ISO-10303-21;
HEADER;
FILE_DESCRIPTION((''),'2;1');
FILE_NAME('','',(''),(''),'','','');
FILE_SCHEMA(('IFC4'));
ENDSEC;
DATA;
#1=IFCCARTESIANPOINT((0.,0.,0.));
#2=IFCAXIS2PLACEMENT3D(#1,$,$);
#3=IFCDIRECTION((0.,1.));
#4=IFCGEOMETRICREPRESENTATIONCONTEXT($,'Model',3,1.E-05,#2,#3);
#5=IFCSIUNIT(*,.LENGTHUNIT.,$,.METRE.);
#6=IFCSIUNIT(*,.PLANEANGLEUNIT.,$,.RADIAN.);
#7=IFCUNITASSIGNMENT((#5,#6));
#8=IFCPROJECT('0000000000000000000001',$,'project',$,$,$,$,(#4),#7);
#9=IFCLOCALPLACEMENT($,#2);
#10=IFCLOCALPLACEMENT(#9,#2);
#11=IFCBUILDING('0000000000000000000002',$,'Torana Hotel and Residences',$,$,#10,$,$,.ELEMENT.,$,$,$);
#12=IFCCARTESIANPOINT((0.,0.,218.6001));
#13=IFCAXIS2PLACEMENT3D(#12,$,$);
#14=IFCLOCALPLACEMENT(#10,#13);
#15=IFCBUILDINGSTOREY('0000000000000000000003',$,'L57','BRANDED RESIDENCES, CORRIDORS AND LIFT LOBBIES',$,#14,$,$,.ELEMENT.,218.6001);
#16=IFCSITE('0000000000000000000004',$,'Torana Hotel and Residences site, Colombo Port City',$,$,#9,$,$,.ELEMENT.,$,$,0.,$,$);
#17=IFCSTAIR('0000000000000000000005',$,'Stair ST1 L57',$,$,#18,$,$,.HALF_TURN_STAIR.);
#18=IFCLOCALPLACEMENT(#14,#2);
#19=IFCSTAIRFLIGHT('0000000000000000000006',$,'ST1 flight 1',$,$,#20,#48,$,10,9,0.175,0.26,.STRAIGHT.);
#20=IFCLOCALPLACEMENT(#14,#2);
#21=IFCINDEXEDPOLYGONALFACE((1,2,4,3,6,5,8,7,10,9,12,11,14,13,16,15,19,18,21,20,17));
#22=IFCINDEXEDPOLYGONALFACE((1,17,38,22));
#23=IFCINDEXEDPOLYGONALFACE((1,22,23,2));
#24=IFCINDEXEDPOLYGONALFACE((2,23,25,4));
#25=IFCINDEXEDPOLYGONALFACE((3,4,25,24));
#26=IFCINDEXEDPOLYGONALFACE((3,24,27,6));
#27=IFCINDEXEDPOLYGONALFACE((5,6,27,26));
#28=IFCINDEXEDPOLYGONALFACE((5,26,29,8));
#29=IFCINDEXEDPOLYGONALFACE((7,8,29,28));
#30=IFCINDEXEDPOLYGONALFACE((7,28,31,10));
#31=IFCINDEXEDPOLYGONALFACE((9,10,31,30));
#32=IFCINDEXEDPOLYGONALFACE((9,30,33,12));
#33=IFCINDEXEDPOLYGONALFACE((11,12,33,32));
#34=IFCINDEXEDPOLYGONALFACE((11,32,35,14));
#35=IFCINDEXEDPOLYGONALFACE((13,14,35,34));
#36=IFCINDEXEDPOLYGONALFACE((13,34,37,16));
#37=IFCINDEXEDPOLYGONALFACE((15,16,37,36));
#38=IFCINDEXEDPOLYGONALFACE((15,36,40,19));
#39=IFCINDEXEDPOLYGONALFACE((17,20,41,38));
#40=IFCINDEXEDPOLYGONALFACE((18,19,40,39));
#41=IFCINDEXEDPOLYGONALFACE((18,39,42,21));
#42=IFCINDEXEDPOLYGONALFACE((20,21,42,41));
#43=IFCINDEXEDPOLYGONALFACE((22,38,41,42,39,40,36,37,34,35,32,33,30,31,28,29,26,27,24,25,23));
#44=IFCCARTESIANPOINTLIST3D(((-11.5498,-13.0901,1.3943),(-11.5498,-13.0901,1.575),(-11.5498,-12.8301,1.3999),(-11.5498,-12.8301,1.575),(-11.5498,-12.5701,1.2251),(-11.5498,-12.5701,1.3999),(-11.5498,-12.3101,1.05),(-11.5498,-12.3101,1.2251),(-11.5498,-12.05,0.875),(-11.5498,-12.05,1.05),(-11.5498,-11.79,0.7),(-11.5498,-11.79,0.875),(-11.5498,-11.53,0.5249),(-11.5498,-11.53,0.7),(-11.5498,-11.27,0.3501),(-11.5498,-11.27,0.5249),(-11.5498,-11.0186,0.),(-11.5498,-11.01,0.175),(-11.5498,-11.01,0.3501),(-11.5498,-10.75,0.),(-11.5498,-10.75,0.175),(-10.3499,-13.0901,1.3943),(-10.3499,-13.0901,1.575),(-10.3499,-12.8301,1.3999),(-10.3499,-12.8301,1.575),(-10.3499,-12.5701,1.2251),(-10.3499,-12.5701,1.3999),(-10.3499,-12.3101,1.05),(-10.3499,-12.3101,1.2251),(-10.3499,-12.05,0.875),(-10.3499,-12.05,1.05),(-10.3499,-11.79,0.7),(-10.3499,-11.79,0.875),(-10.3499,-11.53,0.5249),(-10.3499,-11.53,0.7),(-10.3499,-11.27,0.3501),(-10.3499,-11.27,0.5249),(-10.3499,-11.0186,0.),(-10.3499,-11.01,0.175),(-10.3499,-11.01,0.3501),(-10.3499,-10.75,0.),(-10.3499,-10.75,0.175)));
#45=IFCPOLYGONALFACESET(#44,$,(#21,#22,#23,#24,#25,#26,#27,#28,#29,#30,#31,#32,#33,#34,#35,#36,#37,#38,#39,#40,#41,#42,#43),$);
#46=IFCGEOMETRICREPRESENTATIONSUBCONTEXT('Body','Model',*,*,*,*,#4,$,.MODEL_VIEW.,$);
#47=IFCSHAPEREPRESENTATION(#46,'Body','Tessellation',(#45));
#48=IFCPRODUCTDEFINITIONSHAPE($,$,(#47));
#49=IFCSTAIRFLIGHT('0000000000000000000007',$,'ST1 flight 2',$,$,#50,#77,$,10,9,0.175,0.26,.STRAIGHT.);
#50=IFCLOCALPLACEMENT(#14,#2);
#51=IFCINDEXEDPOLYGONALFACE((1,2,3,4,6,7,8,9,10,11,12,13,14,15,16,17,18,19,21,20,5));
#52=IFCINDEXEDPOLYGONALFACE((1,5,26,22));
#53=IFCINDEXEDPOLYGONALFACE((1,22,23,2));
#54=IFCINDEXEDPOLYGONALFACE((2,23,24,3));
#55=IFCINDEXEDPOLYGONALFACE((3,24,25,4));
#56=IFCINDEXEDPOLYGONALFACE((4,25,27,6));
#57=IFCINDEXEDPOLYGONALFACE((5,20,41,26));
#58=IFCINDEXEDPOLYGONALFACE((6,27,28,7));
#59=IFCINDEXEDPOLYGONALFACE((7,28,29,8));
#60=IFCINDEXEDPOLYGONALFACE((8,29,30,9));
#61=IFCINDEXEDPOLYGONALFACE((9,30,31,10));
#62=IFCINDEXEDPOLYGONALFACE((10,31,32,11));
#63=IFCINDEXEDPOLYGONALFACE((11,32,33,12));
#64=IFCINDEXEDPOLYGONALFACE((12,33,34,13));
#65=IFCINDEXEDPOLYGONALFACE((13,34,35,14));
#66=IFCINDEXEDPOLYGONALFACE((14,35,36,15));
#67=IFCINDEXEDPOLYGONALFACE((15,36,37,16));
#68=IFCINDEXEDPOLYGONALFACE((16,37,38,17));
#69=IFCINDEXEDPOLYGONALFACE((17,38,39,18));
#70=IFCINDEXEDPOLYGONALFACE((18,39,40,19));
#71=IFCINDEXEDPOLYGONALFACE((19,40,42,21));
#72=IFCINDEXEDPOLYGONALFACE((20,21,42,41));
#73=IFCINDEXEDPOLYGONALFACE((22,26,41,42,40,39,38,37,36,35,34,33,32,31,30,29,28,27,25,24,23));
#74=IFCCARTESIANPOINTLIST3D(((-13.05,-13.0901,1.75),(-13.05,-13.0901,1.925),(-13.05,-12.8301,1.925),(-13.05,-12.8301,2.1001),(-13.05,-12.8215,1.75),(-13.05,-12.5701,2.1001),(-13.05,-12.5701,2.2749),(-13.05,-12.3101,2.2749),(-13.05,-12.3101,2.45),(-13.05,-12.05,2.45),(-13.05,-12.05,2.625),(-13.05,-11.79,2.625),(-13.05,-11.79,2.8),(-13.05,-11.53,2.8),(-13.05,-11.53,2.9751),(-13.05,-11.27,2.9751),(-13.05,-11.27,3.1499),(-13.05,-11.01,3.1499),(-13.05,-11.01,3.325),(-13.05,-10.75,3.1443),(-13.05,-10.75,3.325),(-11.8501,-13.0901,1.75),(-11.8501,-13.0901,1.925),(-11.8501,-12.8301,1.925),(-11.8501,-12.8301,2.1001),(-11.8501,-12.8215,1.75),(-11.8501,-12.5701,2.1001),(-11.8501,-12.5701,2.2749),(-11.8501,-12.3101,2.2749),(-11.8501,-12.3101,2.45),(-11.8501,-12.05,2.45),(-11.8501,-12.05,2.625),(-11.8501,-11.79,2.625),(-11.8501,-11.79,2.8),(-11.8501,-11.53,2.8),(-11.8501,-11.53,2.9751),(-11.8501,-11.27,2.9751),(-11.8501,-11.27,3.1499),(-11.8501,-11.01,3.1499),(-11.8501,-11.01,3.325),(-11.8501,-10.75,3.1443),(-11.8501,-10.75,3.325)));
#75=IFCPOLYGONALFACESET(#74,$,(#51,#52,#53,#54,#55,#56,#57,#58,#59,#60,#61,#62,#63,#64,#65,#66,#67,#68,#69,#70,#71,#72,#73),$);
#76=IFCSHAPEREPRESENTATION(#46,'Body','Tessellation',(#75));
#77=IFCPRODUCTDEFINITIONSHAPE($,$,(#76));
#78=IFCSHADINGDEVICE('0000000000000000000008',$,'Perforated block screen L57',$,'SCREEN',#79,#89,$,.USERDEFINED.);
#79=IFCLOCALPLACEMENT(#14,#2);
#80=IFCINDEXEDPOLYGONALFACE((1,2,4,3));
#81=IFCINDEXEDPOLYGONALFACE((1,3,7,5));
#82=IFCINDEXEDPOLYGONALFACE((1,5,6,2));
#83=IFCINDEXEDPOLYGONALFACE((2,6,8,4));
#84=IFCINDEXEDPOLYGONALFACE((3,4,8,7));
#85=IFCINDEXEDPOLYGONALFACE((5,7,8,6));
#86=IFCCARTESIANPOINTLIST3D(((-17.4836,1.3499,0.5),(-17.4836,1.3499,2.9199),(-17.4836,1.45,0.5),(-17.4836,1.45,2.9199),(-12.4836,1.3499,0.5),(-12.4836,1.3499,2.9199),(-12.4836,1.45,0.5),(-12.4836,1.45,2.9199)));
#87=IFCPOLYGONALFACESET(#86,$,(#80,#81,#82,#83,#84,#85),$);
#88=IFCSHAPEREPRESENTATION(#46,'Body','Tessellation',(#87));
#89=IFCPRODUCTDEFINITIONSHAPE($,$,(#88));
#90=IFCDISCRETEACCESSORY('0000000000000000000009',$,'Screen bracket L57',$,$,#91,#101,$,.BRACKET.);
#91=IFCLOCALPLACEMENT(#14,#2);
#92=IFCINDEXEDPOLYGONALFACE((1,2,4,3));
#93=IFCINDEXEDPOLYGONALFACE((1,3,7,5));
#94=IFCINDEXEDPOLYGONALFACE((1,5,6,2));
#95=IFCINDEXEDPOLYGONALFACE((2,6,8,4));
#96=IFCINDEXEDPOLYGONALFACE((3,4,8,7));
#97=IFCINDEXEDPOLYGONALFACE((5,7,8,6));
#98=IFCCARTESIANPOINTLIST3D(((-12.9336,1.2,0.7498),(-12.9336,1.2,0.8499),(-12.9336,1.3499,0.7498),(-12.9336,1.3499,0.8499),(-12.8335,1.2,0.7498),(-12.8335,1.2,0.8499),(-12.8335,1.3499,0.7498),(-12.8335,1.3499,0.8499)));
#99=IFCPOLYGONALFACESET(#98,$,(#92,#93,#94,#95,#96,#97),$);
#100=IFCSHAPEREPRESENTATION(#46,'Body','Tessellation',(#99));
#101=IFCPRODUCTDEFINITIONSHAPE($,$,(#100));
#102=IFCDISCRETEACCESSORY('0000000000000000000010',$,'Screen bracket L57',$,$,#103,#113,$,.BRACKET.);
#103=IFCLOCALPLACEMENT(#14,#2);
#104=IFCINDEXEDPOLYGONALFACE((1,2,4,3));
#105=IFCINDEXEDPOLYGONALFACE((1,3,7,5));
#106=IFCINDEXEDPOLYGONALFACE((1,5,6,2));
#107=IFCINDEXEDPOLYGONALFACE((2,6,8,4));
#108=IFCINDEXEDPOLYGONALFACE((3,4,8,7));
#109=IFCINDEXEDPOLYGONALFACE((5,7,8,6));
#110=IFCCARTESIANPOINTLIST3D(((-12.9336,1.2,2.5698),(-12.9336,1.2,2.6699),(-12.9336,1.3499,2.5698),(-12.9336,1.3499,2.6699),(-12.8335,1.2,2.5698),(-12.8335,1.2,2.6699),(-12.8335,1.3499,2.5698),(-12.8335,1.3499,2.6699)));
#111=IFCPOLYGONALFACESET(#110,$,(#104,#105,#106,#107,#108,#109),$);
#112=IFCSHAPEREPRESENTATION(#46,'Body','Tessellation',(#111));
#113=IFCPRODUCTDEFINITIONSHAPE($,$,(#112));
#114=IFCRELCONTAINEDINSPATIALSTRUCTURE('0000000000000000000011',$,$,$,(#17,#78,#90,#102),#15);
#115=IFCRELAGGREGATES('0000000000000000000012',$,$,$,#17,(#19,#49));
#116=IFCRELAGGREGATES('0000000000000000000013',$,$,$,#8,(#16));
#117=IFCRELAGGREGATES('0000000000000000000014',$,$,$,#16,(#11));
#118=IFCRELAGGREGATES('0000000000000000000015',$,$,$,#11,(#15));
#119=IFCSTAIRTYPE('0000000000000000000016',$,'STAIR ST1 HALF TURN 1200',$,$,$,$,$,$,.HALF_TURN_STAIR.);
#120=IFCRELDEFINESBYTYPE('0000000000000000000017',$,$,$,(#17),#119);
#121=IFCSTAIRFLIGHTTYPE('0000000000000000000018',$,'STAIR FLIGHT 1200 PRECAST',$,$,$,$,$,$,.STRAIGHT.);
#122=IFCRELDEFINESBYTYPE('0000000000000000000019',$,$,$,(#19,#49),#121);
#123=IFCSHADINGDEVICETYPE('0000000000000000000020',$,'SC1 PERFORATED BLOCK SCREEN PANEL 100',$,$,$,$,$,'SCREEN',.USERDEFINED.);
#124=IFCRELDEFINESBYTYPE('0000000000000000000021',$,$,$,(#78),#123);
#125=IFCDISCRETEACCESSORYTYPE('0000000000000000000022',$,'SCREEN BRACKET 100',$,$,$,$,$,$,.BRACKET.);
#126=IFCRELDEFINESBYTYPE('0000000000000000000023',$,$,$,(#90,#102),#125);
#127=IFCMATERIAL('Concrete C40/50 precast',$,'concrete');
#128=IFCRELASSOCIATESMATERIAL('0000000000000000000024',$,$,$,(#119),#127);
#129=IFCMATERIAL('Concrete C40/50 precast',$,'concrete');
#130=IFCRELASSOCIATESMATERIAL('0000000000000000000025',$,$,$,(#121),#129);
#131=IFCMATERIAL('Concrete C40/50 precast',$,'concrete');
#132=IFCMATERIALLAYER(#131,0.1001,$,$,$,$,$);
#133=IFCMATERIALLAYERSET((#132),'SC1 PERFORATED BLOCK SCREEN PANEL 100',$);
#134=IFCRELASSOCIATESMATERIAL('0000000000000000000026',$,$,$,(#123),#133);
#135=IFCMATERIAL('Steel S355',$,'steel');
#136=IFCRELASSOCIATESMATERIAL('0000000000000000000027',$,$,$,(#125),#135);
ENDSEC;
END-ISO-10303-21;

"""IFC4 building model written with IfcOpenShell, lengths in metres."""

from ifc_helpers import new_model, si_unit, direction, frame, origin, origin_2d, place, context, subcontext, project, spatial, polyline, rectangle, outline, extrude, material, layer, layer_set, type_object, element, aggregate, save


model = new_model("IFC4")

# Units and contexts
model_context = context("Model", 3, precision=1e-05, world=origin(), true_north=direction((0.0, 1.0)))
body_context = subcontext(model_context, "Body", "Model", "MODEL_VIEW")
ifc_project = project(units=[si_unit("LENGTHUNIT", "METRE"), si_unit("PLANEANGLEUNIT", "RADIAN")], contexts=[model_context])

# Site, building, storey
site_placement = place(None, origin())
site = spatial("IfcSite", under=ifc_project, at=site_placement, Name="Torana Hotel and Residences site, Colombo Port City", CompositionType="ELEMENT", RefElevation=0.0)
building_placement = place(site_placement, origin())
building = spatial("IfcBuilding", under=site, at=building_placement, Name="Torana Hotel and Residences", CompositionType="ELEMENT")
storey_placement = place(building_placement, frame((0.0, 0.0, 218.6001)))
storey = spatial("IfcBuildingStorey", under=building, at=storey_placement, Name="L57", Description="BRANDED RESIDENCES, CORRIDORS AND LIFT LOBBIES", CompositionType="ELEMENT", Elevation=218.6001)

# Stair, stair flights
ifc_material_1 = material(Name="Concrete C40/50 precast", Category="concrete")
stair_type = type_object("IfcStairType", Name="STAIR ST1 HALF TURN 1200", PredefinedType="HALF_TURN_STAIR", material=ifc_material_1)
stair_placement = place(storey_placement, origin())
stair = element("IfcStair", 1, at=stair_placement, inside=storey, type_object=stair_type, Name="Stair ST1 L57", PredefinedType="HALF_TURN_STAIR")
ifc_material_2 = material(Name="Concrete C40/50 precast", Category="concrete")
stair_flight_type = type_object("IfcStairFlightType", Name="STAIR FLIGHT 1200 PRECAST", PredefinedType="STRAIGHT", material=ifc_material_2)
stair_flight_1_placement = place(storey_placement, frame((-10.95, -10.75, 0.0), z_axis=(0.0, 0.0, 1.0), x_axis=(0.0, -1.0, 0.0)))
stair_flight_1 = element("IfcStairFlight", 2, at=stair_flight_1_placement, type_object=stair_flight_type, Name="ST1 flight 1", NumberOfRisers=10, NumberOfTreads=9, PredefinedType="STRAIGHT", RiserHeight=0.175, TreadLength=0.26, context=body_context, shape_type="SweptSolid", body=[
    extrude(outline(polyline([(0.0, 0.0), (0.0, 0.175), (0.26, 0.175), (0.26, 0.3501), (0.52, 0.3501), (0.52, 0.5249), (0.78, 0.5249), (0.78, 0.7), (1.04, 0.7), (1.04, 0.875), (1.3, 0.875), (1.3, 1.05), (1.5601, 1.05), (1.5601, 1.2251), (1.8201, 1.2251), (1.8201, 1.3999), (2.0801, 1.3999), (2.0801, 1.575), (2.3401, 1.575), (2.3401, 1.75), (2.3401, 1.3943), (0.2686, 0.0), (0.0, 0.0)])), frame((0.0, 0.6001, 0.0), z_axis=(0.0, -1.0, 0.0), x_axis=(1.0, 0.0, 0.0)), (0.0, 0.0, 1.0), 1.2),
])
stair_flight_2_placement = place(storey_placement, frame((-12.45, -13.0901, 1.75), z_axis=(0.0, 0.0, 1.0), x_axis=(0.0, 1.0, 0.0)))
stair_flight_2 = element("IfcStairFlight", 3, at=stair_flight_2_placement, type_object=stair_flight_type, Name="ST1 flight 2", NumberOfRisers=10, NumberOfTreads=9, PredefinedType="STRAIGHT", RiserHeight=0.175, TreadLength=0.26, context=body_context, shape_type="SweptSolid", body=[
    extrude(outline(polyline([(0.0, 0.0), (0.0, 0.175), (0.26, 0.175), (0.26, 0.3501), (0.52, 0.3501), (0.52, 0.5249), (0.78, 0.5249), (0.78, 0.7), (1.04, 0.7), (1.04, 0.875), (1.3, 0.875), (1.3, 1.05), (1.5601, 1.05), (1.5601, 1.2251), (1.8201, 1.2251), (1.8201, 1.3999), (2.0801, 1.3999), (2.0801, 1.575), (2.3401, 1.575), (2.3401, 1.75), (2.3401, 1.3943), (0.2686, 0.0), (0.0, 0.0)])), frame((0.0, 0.6001, 0.0), z_axis=(0.0, -1.0, 0.0), x_axis=(1.0, 0.0, 0.0)), (0.0, 0.0, 1.0), 1.2),
])
aggregate(stair, [stair_flight_1, stair_flight_2])

# Shading device
ifc_material_3 = material(Name="Concrete C40/50 precast", Category="concrete")
ifc_layer_1 = layer(ifc_material_3, 0.1001)
ifc_layer_set_1 = layer_set([ifc_layer_1], Name="SC1 PERFORATED BLOCK SCREEN PANEL 100")
shading_device_type = type_object("IfcShadingDeviceType", Name="SC1 PERFORATED BLOCK SCREEN PANEL 100", ElementType="SCREEN", PredefinedType="USERDEFINED", material=ifc_layer_set_1)
shading_device_placement = place(storey_placement, frame((-14.9836, 1.3999, 0.5), z_axis=(0.0, 0.0, 1.0), x_axis=(-1.0, 0.0, 0.0)))
element("IfcShadingDevice", 4, at=shading_device_placement, inside=storey, type_object=shading_device_type, Name="Perforated block screen L57", ObjectType="SCREEN", PredefinedType="USERDEFINED", context=body_context, shape_type="SweptSolid", body=[
    extrude(rectangle(XDim=5.0, YDim=0.1001, at=origin_2d()), origin(), (0.0, 0.0, 1.0), 2.4199),
])

# Discrete accessories
ifc_material_4 = material(Name="Steel S355", Category="steel")
discrete_accessory_type = type_object("IfcDiscreteAccessoryType", Name="SCREEN BRACKET 100", PredefinedType="BRACKET", material=ifc_material_4)
for number, where, z_axis, x_axis, name in (
    (5, (-12.8835, 1.2749, 0.7498), (0.0, 0.0, 1.0), (-1.0, 0.0, 0.0), "Screen bracket L57"),
    (6, (-12.8835, 1.2749, 2.5698), (0.0, 0.0, 1.0), (-1.0, 0.0, 0.0), "Screen bracket L57"),
):
    element("IfcDiscreteAccessory", number, at=place(storey_placement, frame(where, z_axis=z_axis, x_axis=x_axis)), inside=storey, type_object=discrete_accessory_type, Name=name, PredefinedType="BRACKET", context=body_context, shape_type="SweptSolid", body=[
        extrude(rectangle(XDim=0.1001, YDim=0.1499, at=origin_2d()), origin(), (0.0, 0.0, 1.0), 0.1001),
    ])

save(model, "model.ifc")
